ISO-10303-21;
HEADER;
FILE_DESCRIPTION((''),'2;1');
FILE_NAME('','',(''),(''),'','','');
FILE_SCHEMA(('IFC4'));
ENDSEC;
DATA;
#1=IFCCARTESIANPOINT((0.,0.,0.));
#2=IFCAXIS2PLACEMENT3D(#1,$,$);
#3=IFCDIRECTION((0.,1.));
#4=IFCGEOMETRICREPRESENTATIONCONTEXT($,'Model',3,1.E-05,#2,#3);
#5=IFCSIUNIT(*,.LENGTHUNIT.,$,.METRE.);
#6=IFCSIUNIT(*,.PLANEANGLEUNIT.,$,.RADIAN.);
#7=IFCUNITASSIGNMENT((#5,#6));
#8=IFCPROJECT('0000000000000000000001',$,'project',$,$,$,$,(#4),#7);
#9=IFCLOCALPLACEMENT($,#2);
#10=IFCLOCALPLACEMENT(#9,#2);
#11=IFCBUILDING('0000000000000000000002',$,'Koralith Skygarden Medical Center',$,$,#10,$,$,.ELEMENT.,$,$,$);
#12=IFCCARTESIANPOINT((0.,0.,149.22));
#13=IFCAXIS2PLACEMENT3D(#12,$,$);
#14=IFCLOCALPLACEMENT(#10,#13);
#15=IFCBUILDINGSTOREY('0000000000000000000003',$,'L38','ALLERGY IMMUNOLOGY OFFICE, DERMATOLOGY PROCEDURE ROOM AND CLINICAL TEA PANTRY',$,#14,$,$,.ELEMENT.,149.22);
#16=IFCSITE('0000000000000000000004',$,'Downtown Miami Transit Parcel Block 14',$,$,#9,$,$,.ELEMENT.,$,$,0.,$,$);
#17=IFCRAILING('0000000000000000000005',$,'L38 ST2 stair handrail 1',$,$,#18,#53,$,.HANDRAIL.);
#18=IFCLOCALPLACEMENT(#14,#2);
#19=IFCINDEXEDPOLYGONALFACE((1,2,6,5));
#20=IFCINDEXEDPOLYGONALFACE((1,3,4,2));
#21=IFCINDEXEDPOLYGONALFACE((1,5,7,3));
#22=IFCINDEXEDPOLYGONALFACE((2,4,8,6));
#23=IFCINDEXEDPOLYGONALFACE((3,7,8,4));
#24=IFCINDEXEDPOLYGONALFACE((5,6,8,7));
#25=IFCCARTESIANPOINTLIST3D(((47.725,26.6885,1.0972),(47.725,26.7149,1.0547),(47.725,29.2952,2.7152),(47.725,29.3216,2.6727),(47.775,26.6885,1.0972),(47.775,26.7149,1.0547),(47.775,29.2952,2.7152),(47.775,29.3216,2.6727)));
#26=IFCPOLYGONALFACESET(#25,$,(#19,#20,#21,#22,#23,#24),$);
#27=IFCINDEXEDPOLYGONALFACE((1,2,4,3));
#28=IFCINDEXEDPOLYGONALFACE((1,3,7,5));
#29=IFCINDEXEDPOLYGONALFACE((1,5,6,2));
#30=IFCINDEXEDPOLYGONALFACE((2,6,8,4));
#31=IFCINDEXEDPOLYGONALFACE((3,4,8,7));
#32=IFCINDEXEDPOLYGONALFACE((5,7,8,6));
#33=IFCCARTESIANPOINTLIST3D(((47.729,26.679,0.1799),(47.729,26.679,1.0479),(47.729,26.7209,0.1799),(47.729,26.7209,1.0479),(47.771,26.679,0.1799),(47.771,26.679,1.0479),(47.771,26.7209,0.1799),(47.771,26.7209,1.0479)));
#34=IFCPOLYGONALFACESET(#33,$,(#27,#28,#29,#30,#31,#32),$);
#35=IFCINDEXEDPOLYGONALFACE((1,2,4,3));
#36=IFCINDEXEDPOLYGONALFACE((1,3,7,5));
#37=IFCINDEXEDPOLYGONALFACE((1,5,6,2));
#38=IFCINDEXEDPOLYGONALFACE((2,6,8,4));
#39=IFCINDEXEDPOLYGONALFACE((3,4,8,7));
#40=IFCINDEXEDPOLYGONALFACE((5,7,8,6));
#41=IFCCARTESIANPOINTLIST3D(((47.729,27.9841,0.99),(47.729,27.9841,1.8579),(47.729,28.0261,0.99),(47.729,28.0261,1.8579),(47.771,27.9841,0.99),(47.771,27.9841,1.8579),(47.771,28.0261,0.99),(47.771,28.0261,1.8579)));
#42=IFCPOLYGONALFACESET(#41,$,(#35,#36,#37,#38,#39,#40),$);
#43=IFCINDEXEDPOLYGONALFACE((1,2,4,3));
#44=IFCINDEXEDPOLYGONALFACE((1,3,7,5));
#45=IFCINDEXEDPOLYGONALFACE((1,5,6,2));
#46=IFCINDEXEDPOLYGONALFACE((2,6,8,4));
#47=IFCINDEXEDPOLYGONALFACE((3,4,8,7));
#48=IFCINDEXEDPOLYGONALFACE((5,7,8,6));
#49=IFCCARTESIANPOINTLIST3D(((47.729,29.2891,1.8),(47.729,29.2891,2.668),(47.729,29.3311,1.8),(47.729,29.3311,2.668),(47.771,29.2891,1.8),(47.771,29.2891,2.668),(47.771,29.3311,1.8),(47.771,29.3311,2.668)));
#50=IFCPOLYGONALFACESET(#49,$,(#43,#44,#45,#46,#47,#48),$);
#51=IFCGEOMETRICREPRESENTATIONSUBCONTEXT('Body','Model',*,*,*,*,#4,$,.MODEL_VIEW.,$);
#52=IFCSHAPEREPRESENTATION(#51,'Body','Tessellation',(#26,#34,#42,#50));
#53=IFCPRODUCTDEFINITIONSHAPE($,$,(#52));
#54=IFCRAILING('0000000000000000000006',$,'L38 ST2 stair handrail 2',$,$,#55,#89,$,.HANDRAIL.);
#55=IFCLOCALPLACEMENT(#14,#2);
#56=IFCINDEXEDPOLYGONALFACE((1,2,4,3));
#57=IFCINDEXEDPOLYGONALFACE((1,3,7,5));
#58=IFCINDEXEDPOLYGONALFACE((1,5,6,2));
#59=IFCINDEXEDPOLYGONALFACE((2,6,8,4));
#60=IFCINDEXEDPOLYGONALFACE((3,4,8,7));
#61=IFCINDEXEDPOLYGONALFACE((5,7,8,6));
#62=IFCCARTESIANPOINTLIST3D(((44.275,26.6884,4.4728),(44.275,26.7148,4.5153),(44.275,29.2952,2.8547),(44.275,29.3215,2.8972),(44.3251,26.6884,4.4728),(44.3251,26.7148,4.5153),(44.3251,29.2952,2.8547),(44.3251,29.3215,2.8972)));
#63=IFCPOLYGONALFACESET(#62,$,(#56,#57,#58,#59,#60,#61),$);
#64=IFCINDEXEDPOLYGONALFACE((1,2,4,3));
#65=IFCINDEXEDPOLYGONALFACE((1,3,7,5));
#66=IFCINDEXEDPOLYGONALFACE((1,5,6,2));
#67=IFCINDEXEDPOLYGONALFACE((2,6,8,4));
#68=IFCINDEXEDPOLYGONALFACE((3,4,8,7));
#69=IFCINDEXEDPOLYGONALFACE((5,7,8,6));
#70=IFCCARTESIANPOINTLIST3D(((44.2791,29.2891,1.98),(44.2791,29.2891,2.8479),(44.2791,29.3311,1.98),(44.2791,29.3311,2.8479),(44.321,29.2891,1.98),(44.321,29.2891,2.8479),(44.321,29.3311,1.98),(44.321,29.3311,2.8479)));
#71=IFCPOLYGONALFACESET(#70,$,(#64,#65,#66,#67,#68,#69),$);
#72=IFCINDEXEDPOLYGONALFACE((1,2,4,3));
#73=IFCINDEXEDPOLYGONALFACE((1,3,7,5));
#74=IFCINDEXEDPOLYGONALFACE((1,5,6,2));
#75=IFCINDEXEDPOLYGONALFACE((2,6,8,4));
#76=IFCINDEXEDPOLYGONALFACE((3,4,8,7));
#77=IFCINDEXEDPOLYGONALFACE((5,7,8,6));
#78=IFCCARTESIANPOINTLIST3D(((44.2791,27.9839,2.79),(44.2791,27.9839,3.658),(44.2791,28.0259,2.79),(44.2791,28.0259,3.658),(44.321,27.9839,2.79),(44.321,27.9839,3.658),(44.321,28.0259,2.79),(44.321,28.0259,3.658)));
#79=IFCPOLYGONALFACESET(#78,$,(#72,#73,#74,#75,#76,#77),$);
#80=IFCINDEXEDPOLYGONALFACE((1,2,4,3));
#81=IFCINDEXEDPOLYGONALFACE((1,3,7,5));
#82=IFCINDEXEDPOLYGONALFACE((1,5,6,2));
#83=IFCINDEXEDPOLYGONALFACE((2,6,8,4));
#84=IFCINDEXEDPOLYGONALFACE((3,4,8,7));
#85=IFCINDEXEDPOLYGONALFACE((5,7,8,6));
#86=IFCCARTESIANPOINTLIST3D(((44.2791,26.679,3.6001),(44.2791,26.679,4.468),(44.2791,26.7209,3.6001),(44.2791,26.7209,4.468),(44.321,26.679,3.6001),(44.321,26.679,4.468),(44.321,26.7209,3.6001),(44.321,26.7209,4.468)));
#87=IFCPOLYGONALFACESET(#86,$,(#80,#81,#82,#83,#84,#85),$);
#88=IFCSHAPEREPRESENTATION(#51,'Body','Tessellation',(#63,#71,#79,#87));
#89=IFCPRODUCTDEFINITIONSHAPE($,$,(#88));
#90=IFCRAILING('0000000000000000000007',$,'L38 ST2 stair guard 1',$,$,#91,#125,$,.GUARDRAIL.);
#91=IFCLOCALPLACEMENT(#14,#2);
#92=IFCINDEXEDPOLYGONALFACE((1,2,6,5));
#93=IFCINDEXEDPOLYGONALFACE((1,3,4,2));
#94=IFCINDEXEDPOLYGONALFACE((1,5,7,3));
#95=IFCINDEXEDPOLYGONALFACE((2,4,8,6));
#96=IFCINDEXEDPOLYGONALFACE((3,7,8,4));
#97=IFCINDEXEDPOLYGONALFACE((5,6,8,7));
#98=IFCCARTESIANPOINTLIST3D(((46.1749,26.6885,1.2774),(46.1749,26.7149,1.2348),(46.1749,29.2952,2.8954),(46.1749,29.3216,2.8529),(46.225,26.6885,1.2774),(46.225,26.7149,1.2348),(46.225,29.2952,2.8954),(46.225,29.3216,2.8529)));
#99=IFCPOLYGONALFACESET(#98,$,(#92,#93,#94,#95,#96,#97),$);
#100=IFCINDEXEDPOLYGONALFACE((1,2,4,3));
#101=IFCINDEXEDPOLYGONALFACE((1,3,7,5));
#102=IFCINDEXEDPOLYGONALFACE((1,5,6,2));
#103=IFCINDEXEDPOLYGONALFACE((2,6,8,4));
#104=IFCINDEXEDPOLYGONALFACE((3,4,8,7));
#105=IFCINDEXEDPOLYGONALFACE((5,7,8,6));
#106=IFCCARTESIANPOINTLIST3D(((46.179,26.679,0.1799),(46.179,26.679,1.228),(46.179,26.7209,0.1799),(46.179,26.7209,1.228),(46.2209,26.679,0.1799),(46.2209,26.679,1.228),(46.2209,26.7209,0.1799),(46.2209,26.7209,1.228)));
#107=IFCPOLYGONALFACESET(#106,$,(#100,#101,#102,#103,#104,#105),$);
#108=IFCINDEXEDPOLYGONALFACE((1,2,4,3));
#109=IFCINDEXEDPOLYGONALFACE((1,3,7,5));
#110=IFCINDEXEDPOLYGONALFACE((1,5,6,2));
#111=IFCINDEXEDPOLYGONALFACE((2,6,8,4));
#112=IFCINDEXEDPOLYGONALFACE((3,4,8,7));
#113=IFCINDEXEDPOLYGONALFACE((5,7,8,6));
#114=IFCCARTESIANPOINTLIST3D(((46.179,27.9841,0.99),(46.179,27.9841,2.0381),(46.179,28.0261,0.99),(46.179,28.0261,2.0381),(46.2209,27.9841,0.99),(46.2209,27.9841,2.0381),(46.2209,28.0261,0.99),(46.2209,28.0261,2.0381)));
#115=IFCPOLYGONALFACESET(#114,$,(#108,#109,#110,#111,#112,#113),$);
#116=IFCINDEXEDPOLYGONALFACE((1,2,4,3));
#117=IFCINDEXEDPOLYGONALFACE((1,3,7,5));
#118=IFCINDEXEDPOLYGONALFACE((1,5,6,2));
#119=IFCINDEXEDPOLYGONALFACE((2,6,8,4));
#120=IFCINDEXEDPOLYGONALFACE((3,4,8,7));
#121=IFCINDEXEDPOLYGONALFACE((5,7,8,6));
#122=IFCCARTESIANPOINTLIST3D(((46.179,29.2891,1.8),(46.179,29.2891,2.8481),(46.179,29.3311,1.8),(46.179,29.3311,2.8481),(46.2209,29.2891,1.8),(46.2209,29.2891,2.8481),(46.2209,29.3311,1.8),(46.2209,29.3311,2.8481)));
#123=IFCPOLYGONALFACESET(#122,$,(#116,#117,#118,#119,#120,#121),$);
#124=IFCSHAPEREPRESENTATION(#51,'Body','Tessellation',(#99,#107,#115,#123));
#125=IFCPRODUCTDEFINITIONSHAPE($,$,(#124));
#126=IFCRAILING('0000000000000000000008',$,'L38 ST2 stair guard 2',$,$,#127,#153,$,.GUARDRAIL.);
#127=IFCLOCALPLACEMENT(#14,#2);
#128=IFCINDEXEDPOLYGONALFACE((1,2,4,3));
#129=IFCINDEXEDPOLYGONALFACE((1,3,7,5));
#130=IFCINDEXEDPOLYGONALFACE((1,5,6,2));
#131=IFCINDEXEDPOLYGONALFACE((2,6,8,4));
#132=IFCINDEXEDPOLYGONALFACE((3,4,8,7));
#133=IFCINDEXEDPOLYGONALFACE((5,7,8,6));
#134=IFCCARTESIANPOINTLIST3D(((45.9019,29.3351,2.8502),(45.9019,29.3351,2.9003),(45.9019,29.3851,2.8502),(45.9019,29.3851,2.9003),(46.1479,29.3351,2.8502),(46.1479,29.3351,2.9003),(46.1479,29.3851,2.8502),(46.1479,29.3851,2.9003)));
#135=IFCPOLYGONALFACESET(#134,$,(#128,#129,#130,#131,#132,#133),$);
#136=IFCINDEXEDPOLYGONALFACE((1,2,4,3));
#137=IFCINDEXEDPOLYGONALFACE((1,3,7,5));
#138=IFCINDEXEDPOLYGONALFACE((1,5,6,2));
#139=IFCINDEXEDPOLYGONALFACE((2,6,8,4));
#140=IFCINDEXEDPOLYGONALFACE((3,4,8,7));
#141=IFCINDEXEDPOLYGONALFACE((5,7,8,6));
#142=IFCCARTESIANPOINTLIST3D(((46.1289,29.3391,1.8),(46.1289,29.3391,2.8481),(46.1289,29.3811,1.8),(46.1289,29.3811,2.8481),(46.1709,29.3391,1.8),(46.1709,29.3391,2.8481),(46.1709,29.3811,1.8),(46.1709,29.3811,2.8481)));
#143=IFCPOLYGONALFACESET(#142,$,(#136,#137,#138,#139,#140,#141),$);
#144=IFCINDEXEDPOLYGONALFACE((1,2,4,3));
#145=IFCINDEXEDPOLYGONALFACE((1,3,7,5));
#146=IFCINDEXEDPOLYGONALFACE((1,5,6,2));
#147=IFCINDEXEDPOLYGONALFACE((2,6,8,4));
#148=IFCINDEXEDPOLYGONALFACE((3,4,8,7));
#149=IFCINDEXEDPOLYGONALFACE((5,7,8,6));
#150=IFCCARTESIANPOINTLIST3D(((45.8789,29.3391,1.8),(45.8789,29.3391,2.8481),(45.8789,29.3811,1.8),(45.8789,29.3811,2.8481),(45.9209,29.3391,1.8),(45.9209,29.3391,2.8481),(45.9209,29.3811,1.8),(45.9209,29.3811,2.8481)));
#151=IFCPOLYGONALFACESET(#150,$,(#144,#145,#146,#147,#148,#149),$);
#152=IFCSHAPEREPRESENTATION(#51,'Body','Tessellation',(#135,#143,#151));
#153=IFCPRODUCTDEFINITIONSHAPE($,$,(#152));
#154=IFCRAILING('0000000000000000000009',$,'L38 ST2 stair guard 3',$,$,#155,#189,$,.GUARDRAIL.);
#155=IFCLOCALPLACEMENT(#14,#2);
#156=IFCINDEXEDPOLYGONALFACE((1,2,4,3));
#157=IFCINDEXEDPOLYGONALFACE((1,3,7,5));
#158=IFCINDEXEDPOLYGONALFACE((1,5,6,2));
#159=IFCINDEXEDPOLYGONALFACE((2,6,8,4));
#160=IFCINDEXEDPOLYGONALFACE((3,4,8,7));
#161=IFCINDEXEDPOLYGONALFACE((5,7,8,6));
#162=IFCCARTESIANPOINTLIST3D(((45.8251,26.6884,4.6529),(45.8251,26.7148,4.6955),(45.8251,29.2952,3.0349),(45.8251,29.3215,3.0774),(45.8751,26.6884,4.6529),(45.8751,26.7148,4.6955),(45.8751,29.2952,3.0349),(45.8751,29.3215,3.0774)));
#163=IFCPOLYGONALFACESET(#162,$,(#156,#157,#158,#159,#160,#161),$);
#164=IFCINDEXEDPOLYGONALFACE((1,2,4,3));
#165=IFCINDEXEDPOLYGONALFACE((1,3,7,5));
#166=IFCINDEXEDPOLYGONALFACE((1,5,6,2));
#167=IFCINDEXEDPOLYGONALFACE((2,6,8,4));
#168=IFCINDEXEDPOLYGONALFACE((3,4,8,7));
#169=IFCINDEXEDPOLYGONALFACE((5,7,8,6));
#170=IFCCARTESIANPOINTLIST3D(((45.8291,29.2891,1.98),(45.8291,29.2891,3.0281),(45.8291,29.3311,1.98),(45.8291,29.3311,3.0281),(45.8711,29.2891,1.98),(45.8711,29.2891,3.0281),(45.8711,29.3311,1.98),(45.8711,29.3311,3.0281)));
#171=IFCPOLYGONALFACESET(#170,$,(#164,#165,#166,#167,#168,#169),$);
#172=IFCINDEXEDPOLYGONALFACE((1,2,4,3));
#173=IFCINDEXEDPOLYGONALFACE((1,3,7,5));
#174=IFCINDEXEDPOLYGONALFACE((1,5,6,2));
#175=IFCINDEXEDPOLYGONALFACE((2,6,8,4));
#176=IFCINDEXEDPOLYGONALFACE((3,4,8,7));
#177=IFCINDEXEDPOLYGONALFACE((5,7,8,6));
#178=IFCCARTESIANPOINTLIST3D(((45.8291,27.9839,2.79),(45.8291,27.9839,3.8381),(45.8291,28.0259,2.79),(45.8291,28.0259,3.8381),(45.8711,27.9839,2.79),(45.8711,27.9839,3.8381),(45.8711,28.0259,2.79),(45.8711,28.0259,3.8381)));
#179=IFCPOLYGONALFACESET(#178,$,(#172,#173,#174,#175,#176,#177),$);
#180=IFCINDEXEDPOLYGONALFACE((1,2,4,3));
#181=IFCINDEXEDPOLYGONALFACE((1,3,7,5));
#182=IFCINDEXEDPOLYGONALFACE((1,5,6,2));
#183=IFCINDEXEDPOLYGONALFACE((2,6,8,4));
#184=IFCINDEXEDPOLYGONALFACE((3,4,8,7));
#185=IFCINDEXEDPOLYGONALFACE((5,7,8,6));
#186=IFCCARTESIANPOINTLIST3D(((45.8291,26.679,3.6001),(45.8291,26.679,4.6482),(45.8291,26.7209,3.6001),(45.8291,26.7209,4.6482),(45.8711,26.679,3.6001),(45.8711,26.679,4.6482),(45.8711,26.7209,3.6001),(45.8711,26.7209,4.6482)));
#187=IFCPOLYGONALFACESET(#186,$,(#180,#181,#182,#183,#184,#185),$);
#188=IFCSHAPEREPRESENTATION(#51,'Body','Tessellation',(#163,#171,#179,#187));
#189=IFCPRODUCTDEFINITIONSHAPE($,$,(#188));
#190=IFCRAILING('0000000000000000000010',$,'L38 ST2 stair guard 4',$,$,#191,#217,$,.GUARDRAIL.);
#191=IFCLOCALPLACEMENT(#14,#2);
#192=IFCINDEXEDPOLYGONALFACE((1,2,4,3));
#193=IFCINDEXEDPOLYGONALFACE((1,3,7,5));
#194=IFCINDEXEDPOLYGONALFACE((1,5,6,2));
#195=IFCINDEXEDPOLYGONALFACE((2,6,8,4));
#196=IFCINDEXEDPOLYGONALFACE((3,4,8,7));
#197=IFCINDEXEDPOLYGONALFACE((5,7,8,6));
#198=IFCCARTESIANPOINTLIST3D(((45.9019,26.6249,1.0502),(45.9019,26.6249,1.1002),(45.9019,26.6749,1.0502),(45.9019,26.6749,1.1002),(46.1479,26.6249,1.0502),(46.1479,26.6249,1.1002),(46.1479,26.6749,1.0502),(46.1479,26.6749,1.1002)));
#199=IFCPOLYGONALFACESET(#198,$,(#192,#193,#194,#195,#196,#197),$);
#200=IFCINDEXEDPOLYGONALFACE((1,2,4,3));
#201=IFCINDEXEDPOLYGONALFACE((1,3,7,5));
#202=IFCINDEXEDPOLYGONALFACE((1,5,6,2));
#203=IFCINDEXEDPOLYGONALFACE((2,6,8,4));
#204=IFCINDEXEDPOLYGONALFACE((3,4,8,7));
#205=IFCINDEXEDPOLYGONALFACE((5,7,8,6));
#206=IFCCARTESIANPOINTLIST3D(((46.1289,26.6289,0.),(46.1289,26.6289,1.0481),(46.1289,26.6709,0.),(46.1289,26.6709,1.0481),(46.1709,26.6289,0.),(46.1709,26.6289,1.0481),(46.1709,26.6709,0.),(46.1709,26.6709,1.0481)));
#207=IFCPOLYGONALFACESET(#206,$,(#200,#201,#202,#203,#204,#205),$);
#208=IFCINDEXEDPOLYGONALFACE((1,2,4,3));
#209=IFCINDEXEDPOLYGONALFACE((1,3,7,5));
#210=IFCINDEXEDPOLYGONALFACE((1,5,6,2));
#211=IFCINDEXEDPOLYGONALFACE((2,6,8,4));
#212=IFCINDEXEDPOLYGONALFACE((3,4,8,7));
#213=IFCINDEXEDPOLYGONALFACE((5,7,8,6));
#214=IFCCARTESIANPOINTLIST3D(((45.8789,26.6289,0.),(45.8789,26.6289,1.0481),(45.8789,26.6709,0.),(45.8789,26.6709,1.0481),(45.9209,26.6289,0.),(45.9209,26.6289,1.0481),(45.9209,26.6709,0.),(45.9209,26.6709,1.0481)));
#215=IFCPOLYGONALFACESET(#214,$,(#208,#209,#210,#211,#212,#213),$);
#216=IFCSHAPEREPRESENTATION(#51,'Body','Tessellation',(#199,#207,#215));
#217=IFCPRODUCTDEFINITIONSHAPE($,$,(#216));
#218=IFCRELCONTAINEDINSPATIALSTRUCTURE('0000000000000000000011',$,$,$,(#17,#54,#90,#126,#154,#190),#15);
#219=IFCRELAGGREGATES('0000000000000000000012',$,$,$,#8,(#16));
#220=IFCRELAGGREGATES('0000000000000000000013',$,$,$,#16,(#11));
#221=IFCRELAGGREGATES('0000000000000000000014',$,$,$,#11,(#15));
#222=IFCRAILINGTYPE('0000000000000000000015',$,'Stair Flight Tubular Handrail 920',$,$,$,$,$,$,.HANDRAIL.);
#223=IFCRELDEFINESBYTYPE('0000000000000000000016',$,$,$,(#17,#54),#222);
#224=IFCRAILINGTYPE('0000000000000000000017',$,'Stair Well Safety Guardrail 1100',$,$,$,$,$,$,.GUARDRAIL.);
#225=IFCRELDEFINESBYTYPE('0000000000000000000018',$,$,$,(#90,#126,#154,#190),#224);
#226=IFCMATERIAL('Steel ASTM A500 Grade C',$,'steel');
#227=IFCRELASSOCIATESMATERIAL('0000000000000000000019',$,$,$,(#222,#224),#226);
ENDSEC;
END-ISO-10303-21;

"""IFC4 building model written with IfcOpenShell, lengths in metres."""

from ifc_helpers import new_model, si_unit, direction, frame, origin, origin_2d, place, context, subcontext, project, spatial, rectangle, extrude, material, type_object, element, save


model = new_model("IFC4")

# Units and contexts
model_context = context("Model", 3, precision=1e-05, world=origin(), true_north=direction((0.0, 1.0)))
body_context = subcontext(model_context, "Body", "Model", "MODEL_VIEW")
ifc_project = project(units=[si_unit("LENGTHUNIT", "METRE"), si_unit("PLANEANGLEUNIT", "RADIAN")], contexts=[model_context])

# Site, building, storey
site_placement = place(None, origin())
site = spatial("IfcSite", under=ifc_project, at=site_placement, Name="Downtown Miami Transit Parcel Block 14", CompositionType="ELEMENT", RefElevation=0.0)
building_placement = place(site_placement, origin())
building = spatial("IfcBuilding", under=site, at=building_placement, Name="Koralith Skygarden Medical Center", CompositionType="ELEMENT")
storey_placement = place(building_placement, frame((0.0, 0.0, 149.22)))
storey = spatial("IfcBuildingStorey", under=building, at=storey_placement, Name="L38", Description="ALLERGY IMMUNOLOGY OFFICE, DERMATOLOGY PROCEDURE ROOM AND CLINICAL TEA PANTRY", CompositionType="ELEMENT", Elevation=149.22)

# Shared definitions
ifc_material_1 = material(Name="Steel ASTM A500 Grade C", Category="steel")

# Railings
railing_type_1 = type_object("IfcRailingType", Name="Stair Flight Tubular Handrail 920", PredefinedType="HANDRAIL", material=ifc_material_1)
railing_1_placement = place(storey_placement, frame((47.75, 26.7, 0.1799)))
element("IfcRailing", 1, at=railing_1_placement, inside=storey, type_object=railing_type_1, Name="L38 ST2 stair handrail 1", PredefinedType="HANDRAIL", context=body_context, shape_type="SweptSolid", body=[
    extrude(rectangle(XDim=0.05, YDim=0.05, at=origin_2d()), frame((0.0, 0.0017, 0.896), z_axis=(0.0, 0.849633, 0.527375), x_axis=(-1.0, 0.0, 0.0)), (0.0, 0.0, 1.0), 3.0681),
    extrude(rectangle(XDim=0.042, YDim=0.042, at=origin_2d()), origin(), (0.0, 0.0, 1.0), 0.8679),
    extrude(rectangle(XDim=0.042, YDim=0.042, at=origin_2d()), frame((0.0, 1.3052, 0.8101)), (0.0, 0.0, 1.0), 0.8679),
    extrude(rectangle(XDim=0.042, YDim=0.042, at=origin_2d()), frame((0.0, 2.6101, 1.6201)), (0.0, 0.0, 1.0), 0.8679),
])
railing_2_placement = place(storey_placement, frame((44.3, 29.3101, 1.98)))
element("IfcRailing", 2, at=railing_2_placement, inside=storey, type_object=railing_type_1, Name="L38 ST2 stair handrail 2", PredefinedType="HANDRAIL", context=body_context, shape_type="SweptSolid", body=[
    extrude(rectangle(XDim=0.05, YDim=0.05, at=origin_2d()), frame((0.0, -0.0017, 0.896), z_axis=(0.0, -0.849633, 0.527375), x_axis=(1.0, 0.0, 0.0)), (0.0, 0.0, 1.0), 3.0681),
    extrude(rectangle(XDim=0.042, YDim=0.042, at=origin_2d()), origin(), (0.0, 0.0, 1.0), 0.8679),
    extrude(rectangle(XDim=0.042, YDim=0.042, at=origin_2d()), frame((0.0, -1.3052, 0.8101)), (0.0, 0.0, 1.0), 0.8679),
    extrude(rectangle(XDim=0.042, YDim=0.042, at=origin_2d()), frame((0.0, -2.6101, 1.6201)), (0.0, 0.0, 1.0), 0.8679),
])
railing_type_2 = type_object("IfcRailingType", Name="Stair Well Safety Guardrail 1100", PredefinedType="GUARDRAIL", material=ifc_material_1)
railing_3_placement = place(storey_placement, frame((46.2, 26.7, 0.1799)))
element("IfcRailing", 3, at=railing_3_placement, inside=storey, type_object=railing_type_2, Name="L38 ST2 stair guard 1", PredefinedType="GUARDRAIL", context=body_context, shape_type="SweptSolid", body=[
    extrude(rectangle(XDim=0.05, YDim=0.05, at=origin_2d()), frame((0.0, 0.0017, 1.0762), z_axis=(0.0, 0.849633, 0.527375), x_axis=(-1.0, 0.0, 0.0)), (0.0, 0.0, 1.0), 3.0681),
    extrude(rectangle(XDim=0.042, YDim=0.042, at=origin_2d()), origin(), (0.0, 0.0, 1.0), 1.0481),
    extrude(rectangle(XDim=0.042, YDim=0.042, at=origin_2d()), frame((0.0, 1.3052, 0.8101)), (0.0, 0.0, 1.0), 1.0481),
    extrude(rectangle(XDim=0.042, YDim=0.042, at=origin_2d()), frame((0.0, 2.6101, 1.6201)), (0.0, 0.0, 1.0), 1.0481),
])
railing_4_placement = place(storey_placement, frame((46.1499, 29.3601, 1.8)))
element("IfcRailing", 4, at=railing_4_placement, inside=storey, type_object=railing_type_2, Name="L38 ST2 stair guard 2", PredefinedType="GUARDRAIL", context=body_context, shape_type="SweptSolid", body=[
    extrude(rectangle(XDim=0.05, YDim=0.05, at=origin_2d()), frame((-0.002, 0.0, 1.0752), z_axis=(-1.0, 0.0, 0.0), x_axis=(0.0, -1.0, 0.0)), (0.0, 0.0, 1.0), 0.2461),
    extrude(rectangle(XDim=0.042, YDim=0.042, at=origin_2d()), origin(), (0.0, 0.0, 1.0), 1.0481),
    extrude(rectangle(XDim=0.042, YDim=0.042, at=origin_2d()), frame((-0.25, 0.0, 0.0)), (0.0, 0.0, 1.0), 1.0481),
])
railing_5_placement = place(storey_placement, frame((45.8501, 29.3101, 1.98)))
element("IfcRailing", 5, at=railing_5_placement, inside=storey, type_object=railing_type_2, Name="L38 ST2 stair guard 3", PredefinedType="GUARDRAIL", context=body_context, shape_type="SweptSolid", body=[
    extrude(rectangle(XDim=0.05, YDim=0.05, at=origin_2d()), frame((0.0, -0.0017, 1.0762), z_axis=(0.0, -0.849633, 0.527375), x_axis=(1.0, 0.0, 0.0)), (0.0, 0.0, 1.0), 3.0681),
    extrude(rectangle(XDim=0.042, YDim=0.042, at=origin_2d()), origin(), (0.0, 0.0, 1.0), 1.0481),
    extrude(rectangle(XDim=0.042, YDim=0.042, at=origin_2d()), frame((0.0, -1.3052, 0.8101)), (0.0, 0.0, 1.0), 1.0481),
    extrude(rectangle(XDim=0.042, YDim=0.042, at=origin_2d()), frame((0.0, -2.6101, 1.6201)), (0.0, 0.0, 1.0), 1.0481),
])
railing_6_placement = place(storey_placement, frame((46.1499, 26.6499, 0.0)))
element("IfcRailing", 6, at=railing_6_placement, inside=storey, type_object=railing_type_2, Name="L38 ST2 stair guard 4", PredefinedType="GUARDRAIL", context=body_context, shape_type="SweptSolid", body=[
    extrude(rectangle(XDim=0.05, YDim=0.05, at=origin_2d()), frame((-0.002, 0.0, 1.0752), z_axis=(-1.0, 0.0, 0.0), x_axis=(0.0, -1.0, 0.0)), (0.0, 0.0, 1.0), 0.2461),
    extrude(rectangle(XDim=0.042, YDim=0.042, at=origin_2d()), origin(), (0.0, 0.0, 1.0), 1.0481),
    extrude(rectangle(XDim=0.042, YDim=0.042, at=origin_2d()), frame((-0.25, 0.0, 0.0)), (0.0, 0.0, 1.0), 1.0481),
])

save(model, "model.ifc")
